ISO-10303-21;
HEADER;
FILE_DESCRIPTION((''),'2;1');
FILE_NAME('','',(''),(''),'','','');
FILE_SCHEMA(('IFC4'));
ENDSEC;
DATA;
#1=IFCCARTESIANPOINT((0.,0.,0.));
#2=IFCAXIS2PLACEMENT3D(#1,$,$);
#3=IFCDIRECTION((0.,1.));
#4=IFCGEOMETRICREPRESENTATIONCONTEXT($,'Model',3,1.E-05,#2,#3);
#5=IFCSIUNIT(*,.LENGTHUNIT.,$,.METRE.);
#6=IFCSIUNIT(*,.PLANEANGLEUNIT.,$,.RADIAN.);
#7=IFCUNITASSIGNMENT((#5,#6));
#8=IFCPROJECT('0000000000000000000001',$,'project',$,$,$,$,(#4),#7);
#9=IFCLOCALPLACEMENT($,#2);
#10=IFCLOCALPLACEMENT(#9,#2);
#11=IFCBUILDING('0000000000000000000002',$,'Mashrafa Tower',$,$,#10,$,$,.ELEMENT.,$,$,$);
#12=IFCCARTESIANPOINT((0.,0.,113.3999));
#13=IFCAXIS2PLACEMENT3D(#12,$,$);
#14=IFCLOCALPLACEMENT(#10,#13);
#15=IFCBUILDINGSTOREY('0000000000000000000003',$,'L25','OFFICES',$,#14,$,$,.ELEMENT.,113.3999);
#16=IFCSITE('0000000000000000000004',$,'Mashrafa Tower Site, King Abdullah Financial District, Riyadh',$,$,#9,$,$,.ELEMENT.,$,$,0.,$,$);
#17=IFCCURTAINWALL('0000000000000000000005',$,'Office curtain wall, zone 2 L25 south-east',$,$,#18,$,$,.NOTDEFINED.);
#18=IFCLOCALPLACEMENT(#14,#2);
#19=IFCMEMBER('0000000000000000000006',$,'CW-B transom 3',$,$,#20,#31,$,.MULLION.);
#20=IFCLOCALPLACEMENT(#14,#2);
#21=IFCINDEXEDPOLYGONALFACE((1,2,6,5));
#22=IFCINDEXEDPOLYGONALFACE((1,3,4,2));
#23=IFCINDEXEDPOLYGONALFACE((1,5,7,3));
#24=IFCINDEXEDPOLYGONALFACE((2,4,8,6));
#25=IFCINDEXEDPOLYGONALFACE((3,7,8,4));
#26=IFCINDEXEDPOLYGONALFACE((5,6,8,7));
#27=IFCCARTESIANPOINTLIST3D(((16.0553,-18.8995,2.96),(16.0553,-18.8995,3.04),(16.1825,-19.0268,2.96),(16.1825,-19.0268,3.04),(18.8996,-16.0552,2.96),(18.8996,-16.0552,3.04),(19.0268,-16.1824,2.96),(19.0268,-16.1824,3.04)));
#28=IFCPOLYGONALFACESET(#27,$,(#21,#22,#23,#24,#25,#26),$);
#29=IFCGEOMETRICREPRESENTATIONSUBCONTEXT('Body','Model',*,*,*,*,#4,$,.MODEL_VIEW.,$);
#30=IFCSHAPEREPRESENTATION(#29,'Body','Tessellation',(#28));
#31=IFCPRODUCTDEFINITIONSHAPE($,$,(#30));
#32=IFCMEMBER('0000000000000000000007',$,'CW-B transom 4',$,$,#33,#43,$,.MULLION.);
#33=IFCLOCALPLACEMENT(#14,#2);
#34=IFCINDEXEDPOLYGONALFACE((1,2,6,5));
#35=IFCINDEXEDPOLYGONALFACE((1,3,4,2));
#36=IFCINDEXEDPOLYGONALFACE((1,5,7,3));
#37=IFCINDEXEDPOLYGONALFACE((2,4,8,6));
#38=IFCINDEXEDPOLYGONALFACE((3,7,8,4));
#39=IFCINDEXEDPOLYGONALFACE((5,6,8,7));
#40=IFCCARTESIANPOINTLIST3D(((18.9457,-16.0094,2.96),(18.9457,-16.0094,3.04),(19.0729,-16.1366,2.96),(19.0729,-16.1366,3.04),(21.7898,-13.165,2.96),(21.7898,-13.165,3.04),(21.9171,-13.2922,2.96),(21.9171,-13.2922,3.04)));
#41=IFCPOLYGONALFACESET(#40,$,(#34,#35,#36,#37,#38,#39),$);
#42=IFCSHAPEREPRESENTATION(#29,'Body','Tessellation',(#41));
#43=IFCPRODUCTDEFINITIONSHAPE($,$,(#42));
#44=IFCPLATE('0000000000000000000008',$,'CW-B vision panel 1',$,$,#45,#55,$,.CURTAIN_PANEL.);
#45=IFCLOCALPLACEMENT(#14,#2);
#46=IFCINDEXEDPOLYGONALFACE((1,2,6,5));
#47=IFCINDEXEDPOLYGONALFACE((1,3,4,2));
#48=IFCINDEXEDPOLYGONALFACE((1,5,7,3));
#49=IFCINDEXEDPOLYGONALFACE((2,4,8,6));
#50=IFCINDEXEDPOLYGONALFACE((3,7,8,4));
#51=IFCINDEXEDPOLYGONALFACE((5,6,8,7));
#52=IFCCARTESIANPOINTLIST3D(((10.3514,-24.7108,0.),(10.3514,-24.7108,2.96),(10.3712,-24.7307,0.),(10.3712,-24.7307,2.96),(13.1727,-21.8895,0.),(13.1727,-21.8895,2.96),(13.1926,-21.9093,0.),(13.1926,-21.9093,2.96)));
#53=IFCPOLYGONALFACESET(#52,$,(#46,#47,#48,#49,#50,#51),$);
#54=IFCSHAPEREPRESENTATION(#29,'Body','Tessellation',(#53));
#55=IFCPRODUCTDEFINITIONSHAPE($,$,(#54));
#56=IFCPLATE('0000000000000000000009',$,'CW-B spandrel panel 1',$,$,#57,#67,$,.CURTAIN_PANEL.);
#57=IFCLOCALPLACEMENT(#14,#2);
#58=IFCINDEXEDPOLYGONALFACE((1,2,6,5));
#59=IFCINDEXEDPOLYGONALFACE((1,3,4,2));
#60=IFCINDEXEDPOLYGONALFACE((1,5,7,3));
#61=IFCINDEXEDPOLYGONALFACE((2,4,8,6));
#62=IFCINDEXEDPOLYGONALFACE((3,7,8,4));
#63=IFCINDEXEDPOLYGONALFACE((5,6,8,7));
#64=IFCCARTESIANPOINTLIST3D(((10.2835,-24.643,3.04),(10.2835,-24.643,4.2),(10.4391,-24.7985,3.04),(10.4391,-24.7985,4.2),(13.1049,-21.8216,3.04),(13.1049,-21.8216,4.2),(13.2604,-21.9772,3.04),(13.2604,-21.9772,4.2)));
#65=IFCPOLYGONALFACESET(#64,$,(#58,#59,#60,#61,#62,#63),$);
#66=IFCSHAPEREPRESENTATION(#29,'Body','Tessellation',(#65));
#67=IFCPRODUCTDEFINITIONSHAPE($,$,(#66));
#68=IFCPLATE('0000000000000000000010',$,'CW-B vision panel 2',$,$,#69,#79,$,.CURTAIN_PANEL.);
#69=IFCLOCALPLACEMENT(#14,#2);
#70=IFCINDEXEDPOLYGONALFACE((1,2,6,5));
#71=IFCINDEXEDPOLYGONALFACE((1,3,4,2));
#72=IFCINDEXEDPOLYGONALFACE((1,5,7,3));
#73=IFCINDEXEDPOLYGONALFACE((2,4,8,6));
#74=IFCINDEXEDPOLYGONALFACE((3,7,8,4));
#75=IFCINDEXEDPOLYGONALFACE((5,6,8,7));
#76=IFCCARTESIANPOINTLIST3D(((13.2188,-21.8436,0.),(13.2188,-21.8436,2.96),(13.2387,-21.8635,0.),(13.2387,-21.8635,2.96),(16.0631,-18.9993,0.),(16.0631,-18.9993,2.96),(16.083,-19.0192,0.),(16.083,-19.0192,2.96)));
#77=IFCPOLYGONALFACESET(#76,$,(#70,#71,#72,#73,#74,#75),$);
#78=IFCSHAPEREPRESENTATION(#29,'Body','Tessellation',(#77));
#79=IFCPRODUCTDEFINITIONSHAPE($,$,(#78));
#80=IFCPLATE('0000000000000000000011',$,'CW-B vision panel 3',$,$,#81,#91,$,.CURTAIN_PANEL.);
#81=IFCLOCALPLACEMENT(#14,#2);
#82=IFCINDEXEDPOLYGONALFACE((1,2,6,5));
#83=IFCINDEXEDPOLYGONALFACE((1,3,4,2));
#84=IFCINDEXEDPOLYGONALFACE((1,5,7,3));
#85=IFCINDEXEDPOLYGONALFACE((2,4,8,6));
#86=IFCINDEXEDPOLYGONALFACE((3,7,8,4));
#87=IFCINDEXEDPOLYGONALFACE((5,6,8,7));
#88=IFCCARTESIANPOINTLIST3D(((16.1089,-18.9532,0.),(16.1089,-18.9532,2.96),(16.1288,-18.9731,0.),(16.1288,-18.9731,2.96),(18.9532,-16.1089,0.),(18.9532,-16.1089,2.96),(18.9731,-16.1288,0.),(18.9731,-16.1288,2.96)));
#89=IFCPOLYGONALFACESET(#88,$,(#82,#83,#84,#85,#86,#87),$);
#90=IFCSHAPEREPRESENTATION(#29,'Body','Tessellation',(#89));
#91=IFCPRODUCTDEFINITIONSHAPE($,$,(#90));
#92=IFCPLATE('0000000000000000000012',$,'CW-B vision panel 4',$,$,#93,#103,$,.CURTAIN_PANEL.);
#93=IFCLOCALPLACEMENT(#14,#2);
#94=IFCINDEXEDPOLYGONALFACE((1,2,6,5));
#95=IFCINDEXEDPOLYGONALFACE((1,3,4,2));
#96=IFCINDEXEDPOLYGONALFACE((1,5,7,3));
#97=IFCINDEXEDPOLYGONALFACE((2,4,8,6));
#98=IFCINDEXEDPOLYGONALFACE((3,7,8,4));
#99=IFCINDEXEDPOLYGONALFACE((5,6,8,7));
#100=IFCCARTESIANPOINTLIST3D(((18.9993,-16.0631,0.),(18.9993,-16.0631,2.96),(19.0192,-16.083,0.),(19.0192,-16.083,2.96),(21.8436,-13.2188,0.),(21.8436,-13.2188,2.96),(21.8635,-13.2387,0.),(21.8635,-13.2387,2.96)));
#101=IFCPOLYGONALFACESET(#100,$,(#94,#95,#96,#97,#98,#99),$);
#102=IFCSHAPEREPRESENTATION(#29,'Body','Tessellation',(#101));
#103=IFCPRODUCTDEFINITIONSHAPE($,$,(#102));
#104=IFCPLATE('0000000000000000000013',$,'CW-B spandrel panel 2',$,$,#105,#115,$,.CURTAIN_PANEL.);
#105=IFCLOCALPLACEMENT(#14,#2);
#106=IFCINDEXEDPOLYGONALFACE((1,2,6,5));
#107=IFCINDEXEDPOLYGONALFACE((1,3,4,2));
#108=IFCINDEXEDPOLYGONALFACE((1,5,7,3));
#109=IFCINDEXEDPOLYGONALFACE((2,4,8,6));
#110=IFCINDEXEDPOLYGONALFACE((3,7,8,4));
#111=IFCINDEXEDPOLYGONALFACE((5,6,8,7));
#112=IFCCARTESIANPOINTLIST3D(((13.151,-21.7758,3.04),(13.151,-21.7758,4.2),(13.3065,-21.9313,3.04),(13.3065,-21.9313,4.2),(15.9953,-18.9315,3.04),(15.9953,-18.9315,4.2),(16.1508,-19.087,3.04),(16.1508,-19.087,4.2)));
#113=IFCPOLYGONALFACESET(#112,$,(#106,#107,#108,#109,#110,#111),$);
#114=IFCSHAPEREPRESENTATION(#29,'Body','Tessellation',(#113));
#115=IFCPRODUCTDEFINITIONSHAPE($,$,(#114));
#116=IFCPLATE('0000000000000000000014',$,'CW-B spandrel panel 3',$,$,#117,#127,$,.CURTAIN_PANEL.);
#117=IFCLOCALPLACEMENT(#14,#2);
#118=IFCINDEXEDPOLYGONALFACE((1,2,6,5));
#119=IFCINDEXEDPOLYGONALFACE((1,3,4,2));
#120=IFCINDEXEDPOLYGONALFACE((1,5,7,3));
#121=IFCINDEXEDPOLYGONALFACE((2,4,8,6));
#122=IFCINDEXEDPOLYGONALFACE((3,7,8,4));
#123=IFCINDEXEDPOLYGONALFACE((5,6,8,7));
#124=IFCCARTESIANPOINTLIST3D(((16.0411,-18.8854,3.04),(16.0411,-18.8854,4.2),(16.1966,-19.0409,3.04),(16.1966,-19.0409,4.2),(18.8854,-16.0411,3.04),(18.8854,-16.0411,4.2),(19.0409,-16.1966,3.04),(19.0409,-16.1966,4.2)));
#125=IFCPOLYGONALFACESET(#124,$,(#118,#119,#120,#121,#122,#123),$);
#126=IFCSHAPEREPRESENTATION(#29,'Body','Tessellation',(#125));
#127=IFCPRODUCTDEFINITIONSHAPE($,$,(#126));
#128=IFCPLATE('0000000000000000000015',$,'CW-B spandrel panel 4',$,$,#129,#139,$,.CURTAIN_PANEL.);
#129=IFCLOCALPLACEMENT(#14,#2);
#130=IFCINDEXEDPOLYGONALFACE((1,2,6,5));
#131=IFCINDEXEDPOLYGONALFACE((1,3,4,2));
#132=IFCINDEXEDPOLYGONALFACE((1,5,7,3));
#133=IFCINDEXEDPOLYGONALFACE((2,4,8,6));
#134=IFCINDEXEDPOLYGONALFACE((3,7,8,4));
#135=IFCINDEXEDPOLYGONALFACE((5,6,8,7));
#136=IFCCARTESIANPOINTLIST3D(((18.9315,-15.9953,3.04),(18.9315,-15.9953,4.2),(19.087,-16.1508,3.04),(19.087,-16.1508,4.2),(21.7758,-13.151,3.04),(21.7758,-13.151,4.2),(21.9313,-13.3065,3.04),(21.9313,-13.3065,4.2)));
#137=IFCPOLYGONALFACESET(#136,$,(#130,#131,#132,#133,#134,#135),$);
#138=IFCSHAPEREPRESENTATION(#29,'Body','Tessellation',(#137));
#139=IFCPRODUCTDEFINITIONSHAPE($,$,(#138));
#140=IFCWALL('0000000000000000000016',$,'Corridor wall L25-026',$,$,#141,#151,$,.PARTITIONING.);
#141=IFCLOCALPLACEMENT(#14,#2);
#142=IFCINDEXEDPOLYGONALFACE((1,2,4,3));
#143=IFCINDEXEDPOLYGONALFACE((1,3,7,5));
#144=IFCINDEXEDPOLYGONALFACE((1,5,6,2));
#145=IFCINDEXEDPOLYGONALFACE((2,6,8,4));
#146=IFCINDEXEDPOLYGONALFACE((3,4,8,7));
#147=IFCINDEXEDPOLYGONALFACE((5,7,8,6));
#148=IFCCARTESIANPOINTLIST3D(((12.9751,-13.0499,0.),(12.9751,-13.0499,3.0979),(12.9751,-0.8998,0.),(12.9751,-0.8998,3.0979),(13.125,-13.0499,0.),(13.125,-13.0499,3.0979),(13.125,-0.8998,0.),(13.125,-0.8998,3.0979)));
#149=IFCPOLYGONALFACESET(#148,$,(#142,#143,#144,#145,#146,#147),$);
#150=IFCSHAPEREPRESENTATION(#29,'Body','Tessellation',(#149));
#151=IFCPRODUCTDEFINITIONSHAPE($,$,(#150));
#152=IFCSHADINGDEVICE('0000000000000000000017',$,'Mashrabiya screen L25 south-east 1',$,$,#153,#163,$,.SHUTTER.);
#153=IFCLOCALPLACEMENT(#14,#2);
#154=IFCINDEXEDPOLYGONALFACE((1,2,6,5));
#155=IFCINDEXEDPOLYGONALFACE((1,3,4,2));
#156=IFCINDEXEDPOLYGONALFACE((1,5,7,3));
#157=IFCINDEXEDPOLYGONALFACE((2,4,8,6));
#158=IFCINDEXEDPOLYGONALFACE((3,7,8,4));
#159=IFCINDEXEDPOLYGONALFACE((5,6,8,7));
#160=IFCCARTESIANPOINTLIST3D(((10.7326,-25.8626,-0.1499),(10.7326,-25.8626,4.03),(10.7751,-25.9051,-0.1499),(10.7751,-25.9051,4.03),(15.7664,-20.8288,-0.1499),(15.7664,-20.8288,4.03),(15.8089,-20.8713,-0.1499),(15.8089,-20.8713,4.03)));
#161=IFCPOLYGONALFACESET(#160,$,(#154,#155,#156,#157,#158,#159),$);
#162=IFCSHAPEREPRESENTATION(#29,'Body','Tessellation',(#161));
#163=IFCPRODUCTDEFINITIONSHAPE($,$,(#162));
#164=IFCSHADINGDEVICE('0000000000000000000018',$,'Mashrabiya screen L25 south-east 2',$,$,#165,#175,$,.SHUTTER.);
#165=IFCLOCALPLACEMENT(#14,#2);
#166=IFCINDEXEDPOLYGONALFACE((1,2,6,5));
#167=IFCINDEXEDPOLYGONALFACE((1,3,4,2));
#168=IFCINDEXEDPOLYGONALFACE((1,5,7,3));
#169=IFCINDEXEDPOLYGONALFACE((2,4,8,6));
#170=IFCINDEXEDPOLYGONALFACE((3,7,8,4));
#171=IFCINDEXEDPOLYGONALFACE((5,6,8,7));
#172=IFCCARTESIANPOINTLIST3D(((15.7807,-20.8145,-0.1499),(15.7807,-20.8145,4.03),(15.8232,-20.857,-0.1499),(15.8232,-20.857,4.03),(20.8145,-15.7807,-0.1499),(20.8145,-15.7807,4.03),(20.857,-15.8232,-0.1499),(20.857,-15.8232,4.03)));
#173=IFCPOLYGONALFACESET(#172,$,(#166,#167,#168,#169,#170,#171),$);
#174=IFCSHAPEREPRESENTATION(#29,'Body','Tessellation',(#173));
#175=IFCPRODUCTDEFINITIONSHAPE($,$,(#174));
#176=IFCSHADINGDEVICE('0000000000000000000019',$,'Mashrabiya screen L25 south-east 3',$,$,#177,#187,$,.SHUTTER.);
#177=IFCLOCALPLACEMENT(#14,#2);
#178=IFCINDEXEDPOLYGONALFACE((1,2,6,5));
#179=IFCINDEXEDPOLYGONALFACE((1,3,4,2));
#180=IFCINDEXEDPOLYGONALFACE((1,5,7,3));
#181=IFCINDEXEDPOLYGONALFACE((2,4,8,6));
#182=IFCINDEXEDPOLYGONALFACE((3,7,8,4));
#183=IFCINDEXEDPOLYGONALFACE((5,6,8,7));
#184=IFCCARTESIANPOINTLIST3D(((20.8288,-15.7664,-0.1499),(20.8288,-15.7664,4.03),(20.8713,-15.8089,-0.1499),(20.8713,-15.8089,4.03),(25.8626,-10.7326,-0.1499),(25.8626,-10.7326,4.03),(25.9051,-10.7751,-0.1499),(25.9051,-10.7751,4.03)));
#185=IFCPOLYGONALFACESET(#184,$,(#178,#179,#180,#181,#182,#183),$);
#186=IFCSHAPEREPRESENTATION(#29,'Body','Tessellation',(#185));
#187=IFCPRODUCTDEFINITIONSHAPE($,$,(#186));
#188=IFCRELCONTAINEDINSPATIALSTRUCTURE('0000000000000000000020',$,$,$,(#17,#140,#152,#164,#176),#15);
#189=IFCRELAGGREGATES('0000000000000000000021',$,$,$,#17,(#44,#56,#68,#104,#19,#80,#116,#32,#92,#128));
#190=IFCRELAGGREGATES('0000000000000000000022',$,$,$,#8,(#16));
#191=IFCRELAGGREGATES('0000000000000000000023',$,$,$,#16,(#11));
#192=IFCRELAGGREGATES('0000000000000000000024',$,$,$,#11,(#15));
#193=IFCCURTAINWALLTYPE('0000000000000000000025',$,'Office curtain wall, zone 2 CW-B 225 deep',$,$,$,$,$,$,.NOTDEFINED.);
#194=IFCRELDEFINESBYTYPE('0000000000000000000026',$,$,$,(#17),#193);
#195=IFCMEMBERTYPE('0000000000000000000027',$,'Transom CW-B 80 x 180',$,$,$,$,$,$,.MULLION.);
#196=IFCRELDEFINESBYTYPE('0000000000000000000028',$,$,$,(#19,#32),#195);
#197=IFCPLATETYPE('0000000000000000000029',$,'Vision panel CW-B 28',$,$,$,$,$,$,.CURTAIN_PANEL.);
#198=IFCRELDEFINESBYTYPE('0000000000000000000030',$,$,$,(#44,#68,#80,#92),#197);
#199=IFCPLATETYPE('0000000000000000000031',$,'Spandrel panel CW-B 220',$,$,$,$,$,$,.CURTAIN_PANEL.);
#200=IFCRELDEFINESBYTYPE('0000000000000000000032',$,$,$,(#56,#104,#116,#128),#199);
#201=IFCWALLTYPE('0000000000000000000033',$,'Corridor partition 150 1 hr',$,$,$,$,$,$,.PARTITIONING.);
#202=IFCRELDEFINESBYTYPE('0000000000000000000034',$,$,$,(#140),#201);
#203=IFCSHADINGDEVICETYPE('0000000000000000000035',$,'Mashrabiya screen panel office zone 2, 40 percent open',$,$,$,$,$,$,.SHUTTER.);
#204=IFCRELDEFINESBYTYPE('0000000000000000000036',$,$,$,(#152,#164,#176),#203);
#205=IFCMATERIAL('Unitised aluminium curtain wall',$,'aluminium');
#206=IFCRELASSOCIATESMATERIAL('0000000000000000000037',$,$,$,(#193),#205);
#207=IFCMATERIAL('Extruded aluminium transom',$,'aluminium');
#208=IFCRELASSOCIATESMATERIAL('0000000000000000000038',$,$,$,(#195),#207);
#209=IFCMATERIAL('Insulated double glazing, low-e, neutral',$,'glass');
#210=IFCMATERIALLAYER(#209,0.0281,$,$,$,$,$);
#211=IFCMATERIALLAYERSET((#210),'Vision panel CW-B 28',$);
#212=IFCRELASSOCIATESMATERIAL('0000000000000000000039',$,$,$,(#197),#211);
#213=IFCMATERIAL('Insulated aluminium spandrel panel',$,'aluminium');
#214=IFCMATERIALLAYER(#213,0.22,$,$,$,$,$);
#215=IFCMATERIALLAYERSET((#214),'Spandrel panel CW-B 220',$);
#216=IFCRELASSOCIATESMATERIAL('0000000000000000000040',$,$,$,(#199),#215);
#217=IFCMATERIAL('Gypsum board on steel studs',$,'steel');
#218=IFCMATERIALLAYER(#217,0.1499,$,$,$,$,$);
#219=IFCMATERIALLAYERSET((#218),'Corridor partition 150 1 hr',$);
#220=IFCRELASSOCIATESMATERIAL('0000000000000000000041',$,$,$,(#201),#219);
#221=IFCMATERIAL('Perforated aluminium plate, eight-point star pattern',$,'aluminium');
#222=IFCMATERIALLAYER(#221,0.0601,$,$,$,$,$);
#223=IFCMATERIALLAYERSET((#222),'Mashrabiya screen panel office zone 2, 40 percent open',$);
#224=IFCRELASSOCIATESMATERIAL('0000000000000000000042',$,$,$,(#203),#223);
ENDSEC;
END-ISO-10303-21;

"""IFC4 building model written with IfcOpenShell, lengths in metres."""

from ifc_helpers import new_model, si_unit, direction, frame, frame_2d, origin, origin_2d, place, context, subcontext, project, spatial, rectangle, extrude, source, transform, mapped, material, layer, layer_set, material_profile, profile_set, type_object, type_shapes, element, aggregate, save


model = new_model("IFC4")

# Units and contexts
model_context = context("Model", 3, precision=1e-05, world=origin(), true_north=direction((0.0, 1.0)))
body_context = subcontext(model_context, "Body", "Model", "MODEL_VIEW")
ifc_project = project(units=[si_unit("LENGTHUNIT", "METRE"), si_unit("PLANEANGLEUNIT", "RADIAN")], contexts=[model_context])

# Site, building, storey
site_placement = place(None, origin())
site = spatial("IfcSite", under=ifc_project, at=site_placement, Name="Mashrafa Tower Site, King Abdullah Financial District, Riyadh", CompositionType="ELEMENT", RefElevation=0.0)
building_placement = place(site_placement, origin())
building = spatial("IfcBuilding", under=site, at=building_placement, Name="Mashrafa Tower", CompositionType="ELEMENT")
storey_placement = place(building_placement, frame((0.0, 0.0, 113.3999)))
storey = spatial("IfcBuildingStorey", under=building, at=storey_placement, Name="L25", Description="OFFICES", CompositionType="ELEMENT", Elevation=113.3999)

# Curtain wall, members, plates
ifc_material_1 = material(Name="Unitised aluminium curtain wall", Category="aluminium")
curtain_wall_type = type_object("IfcCurtainWallType", Name="Office curtain wall, zone 2 CW-B 225 deep", PredefinedType="NOTDEFINED", material=ifc_material_1)
curtain_wall_placement = place(storey_placement, origin())
curtain_wall = element("IfcCurtainWall", 1, at=curtain_wall_placement, inside=storey, type_object=curtain_wall_type, Name="Office curtain wall, zone 2 L25 south-east", PredefinedType="NOTDEFINED")
ifc_material_2 = material(Name="Extruded aluminium transom", Category="aluminium")
ifc_material_profile_1 = material_profile(ifc_material_2, rectangle(XDim=0.1799, YDim=0.0801, at=origin_2d()), Name="Transom 80x180")
ifc_profile_set_1 = profile_set([ifc_material_profile_1], Name="Extruded aluminium transom")
member_type_1 = type_object("IfcMemberType", Name="Transom CW-B 80 x 180", PredefinedType="MULLION", material=ifc_profile_set_1)
shared_shape_1 = source(origin(), body_context, "Body", "SweptSolid", [
    extrude(rectangle(XDim=0.1799, YDim=0.0801, at=origin_2d()), origin(), (0.0, 0.0, 1.0), 4.0225),
])
member_1_placement = place(storey_placement, frame((16.1189, -18.9631, 3.0), z_axis=(0.707107, 0.707107, 0.0), x_axis=(-0.707107, 0.707107, 0.0)))
member_1 = element("IfcMember", 2, at=member_1_placement, type_object=member_type_1, Name="CW-B transom 3", PredefinedType="MULLION", context=body_context, shape_type="MappedRepresentation", body=[
    mapped(shared_shape_1, transform((0.0, 0.0, 0.0))),
])
member_2_placement = place(storey_placement, frame((19.0093, -16.073, 3.0), z_axis=(0.707076, 0.707137, 0.0), x_axis=(-0.707137, 0.707076, 0.0)))
member_2 = element("IfcMember", 3, at=member_2_placement, type_object=member_type_1, Name="CW-B transom 4", PredefinedType="MULLION", context=body_context, shape_type="MappedRepresentation", body=[
    mapped(shared_shape_1, transform((0.0, 0.0, 0.0))),
])
ifc_material_3 = material(Name="Insulated double glazing, low-e, neutral", Category="glass")
ifc_layer_1 = layer(ifc_material_3, 0.0281)
ifc_layer_set_1 = layer_set([ifc_layer_1], Name="Vision panel CW-B 28")
plate_type_1 = type_object("IfcPlateType", Name="Vision panel CW-B 28", PredefinedType="CURTAIN_PANEL", material=ifc_layer_set_1)
shared_shape_2 = source(origin(), body_context, "Body", "SweptSolid", [
    extrude(rectangle(XDim=3.99, YDim=0.0281, at=origin_2d()), origin(), (0.0, 0.0, 1.0), 2.96),
])
plate_1_placement = place(storey_placement, frame((11.772, -23.3101, 0.0), z_axis=(0.0, 0.0, 1.0), x_axis=(0.707107, 0.707107, 0.0)))
plate_1 = element("IfcPlate", 4, at=plate_1_placement, type_object=plate_type_1, Name="CW-B vision panel 1", PredefinedType="CURTAIN_PANEL", context=body_context, shape_type="MappedRepresentation", body=[
    mapped(shared_shape_2, transform((0.0, 0.0, 0.0))),
])
ifc_material_4 = material(Name="Insulated aluminium spandrel panel", Category="aluminium")
ifc_layer_2 = layer(ifc_material_4, 0.22)
ifc_layer_set_2 = layer_set([ifc_layer_2], Name="Spandrel panel CW-B 220")
plate_type_2 = type_object("IfcPlateType", Name="Spandrel panel CW-B 220", PredefinedType="CURTAIN_PANEL", material=ifc_layer_set_2)
shared_shape_3 = source(origin(), body_context, "Body", "SweptSolid", [
    extrude(rectangle(XDim=3.99, YDim=0.22, at=origin_2d()), origin(), (0.0, 0.0, 1.0), 1.1599),
])
plate_2_placement = place(storey_placement, frame((11.772, -23.3101, 3.04), z_axis=(0.0, 0.0, 1.0), x_axis=(0.707107, 0.707107, 0.0)))
plate_2 = element("IfcPlate", 5, at=plate_2_placement, type_object=plate_type_2, Name="CW-B spandrel panel 1", PredefinedType="CURTAIN_PANEL", context=body_context, shape_type="MappedRepresentation", body=[
    mapped(shared_shape_3, transform((0.0, 0.0, 0.0))),
])
shared_shape_4 = source(origin(), body_context, "Body", "SweptSolid", [
    extrude(rectangle(XDim=4.0225, YDim=0.0281, at=origin_2d()), origin(), (0.0, 0.0, 1.0), 2.96),
])
type_shapes(plate_type_1, [shared_shape_2, shared_shape_4])
plate_3_placement = place(storey_placement, frame((14.6509, -20.4314, 0.0), z_axis=(0.0, 0.0, 1.0), x_axis=(0.707107, 0.707107, 0.0)))
plate_3 = element("IfcPlate", 6, at=plate_3_placement, type_object=plate_type_1, Name="CW-B vision panel 2", PredefinedType="CURTAIN_PANEL", context=body_context, shape_type="MappedRepresentation", body=[
    mapped(shared_shape_4, transform((0.0, 0.0, 0.0))),
])
plate_4_placement = place(storey_placement, frame((17.541, -17.541, 0.0), z_axis=(0.0, 0.0, 1.0), x_axis=(0.707107, 0.707107, 0.0)))
plate_4 = element("IfcPlate", 7, at=plate_4_placement, type_object=plate_type_1, Name="CW-B vision panel 3", PredefinedType="CURTAIN_PANEL", context=body_context, shape_type="MappedRepresentation", body=[
    mapped(shared_shape_4, transform((0.0, 0.0, 0.0))),
])
plate_5_placement = place(storey_placement, frame((20.4314, -14.6509, 0.0), z_axis=(0.0, 0.0, 1.0), x_axis=(0.707107, 0.707107, 0.0)))
plate_5 = element("IfcPlate", 8, at=plate_5_placement, type_object=plate_type_1, Name="CW-B vision panel 4", PredefinedType="CURTAIN_PANEL", context=body_context, shape_type="MappedRepresentation", body=[
    mapped(shared_shape_4, transform((0.0, 0.0, 0.0))),
])
shared_shape_5 = source(origin(), body_context, "Body", "SweptSolid", [
    extrude(rectangle(XDim=4.0225, YDim=0.22, at=origin_2d()), origin(), (0.0, 0.0, 1.0), 1.1599),
])
type_shapes(plate_type_2, [shared_shape_3, shared_shape_5])
plate_6_placement = place(storey_placement, frame((14.6509, -20.4314, 3.04), z_axis=(0.0, 0.0, 1.0), x_axis=(0.707107, 0.707107, 0.0)))
plate_6 = element("IfcPlate", 9, at=plate_6_placement, type_object=plate_type_2, Name="CW-B spandrel panel 2", PredefinedType="CURTAIN_PANEL", context=body_context, shape_type="MappedRepresentation", body=[
    mapped(shared_shape_5, transform((0.0, 0.0, 0.0))),
])
plate_7_placement = place(storey_placement, frame((17.541, -17.541, 3.04), z_axis=(0.0, 0.0, 1.0), x_axis=(0.707107, 0.707107, 0.0)))
plate_7 = element("IfcPlate", 10, at=plate_7_placement, type_object=plate_type_2, Name="CW-B spandrel panel 3", PredefinedType="CURTAIN_PANEL", context=body_context, shape_type="MappedRepresentation", body=[
    mapped(shared_shape_5, transform((0.0, 0.0, 0.0))),
])
plate_8_placement = place(storey_placement, frame((20.4314, -14.6509, 3.04), z_axis=(0.0, 0.0, 1.0), x_axis=(0.707107, 0.707107, 0.0)))
plate_8 = element("IfcPlate", 11, at=plate_8_placement, type_object=plate_type_2, Name="CW-B spandrel panel 4", PredefinedType="CURTAIN_PANEL", context=body_context, shape_type="MappedRepresentation", body=[
    mapped(shared_shape_5, transform((0.0, 0.0, 0.0))),
])
aggregate(curtain_wall, [plate_1, plate_2, plate_3, plate_6, member_1, plate_4, plate_7, member_2, plate_5, plate_8])

# Wall
ifc_material_5 = material(Name="Gypsum board on steel studs", Category="steel")
ifc_layer_3 = layer(ifc_material_5, 0.1499)
ifc_layer_set_3 = layer_set([ifc_layer_3], Name="Corridor partition 150 1 hr")
wall_type = type_object("IfcWallType", Name="Corridor partition 150 1 hr", PredefinedType="PARTITIONING", material=ifc_layer_set_3)
wall_placement = place(storey_placement, frame((13.05, -13.05, 0.0), z_axis=(0.0, 0.0, 1.0), x_axis=(0.0, 1.0, 0.0)))
element("IfcWall", 12, at=wall_placement, inside=storey, type_object=wall_type, Name="Corridor wall L25-026", PredefinedType="PARTITIONING", context=body_context, shape_type="SweptSolid", body=[
    extrude(rectangle(XDim=12.1501, YDim=0.1499, at=frame_2d((6.0752, 0.0))), origin(), (0.0, 0.0, 1.0), 3.0979),
])

# Shading devices
ifc_material_6 = material(Name="Perforated aluminium plate, eight-point star pattern", Category="aluminium")
ifc_layer_4 = layer(ifc_material_6, 0.0601)
ifc_layer_set_4 = layer_set([ifc_layer_4], Name="Mashrabiya screen panel office zone 2, 40 percent open")
shading_device_type = type_object("IfcShadingDeviceType", Name="Mashrabiya screen panel office zone 2, 40 percent open", PredefinedType="SHUTTER", material=ifc_layer_set_4)
shared_shape_6 = source(origin(), body_context, "Body", "SweptSolid", [
    extrude(rectangle(XDim=7.1189, YDim=0.0601, at=origin_2d()), origin(), (0.0, 0.0, 1.0), 4.1799),
])
type_shapes(shading_device_type, [shared_shape_6])
for number, where, z_axis, x_axis, name in (
    (13, (13.2708, -23.3669, -0.1499), (0.0, 0.0, 1.0), (0.707107, 0.707107, 0.0), "Mashrabiya screen L25 south-east 1"),
    (14, (18.3188, -18.3188, -0.1499), (0.0, 0.0, 1.0), (0.707107, 0.707107, 0.0), "Mashrabiya screen L25 south-east 2"),
    (15, (23.3669, -13.2708, -0.1499), (0.0, 0.0, 1.0), (0.707107, 0.707107, 0.0), "Mashrabiya screen L25 south-east 3"),
):
    element("IfcShadingDevice", number, at=place(storey_placement, frame(where, z_axis=z_axis, x_axis=x_axis)), inside=storey, type_object=shading_device_type, Name=name, PredefinedType="SHUTTER", context=body_context, shape_type="MappedRepresentation", body=[
        mapped(shared_shape_6, transform((0.0, 0.0, 0.0))),
    ])

save(model, "model.ifc")
